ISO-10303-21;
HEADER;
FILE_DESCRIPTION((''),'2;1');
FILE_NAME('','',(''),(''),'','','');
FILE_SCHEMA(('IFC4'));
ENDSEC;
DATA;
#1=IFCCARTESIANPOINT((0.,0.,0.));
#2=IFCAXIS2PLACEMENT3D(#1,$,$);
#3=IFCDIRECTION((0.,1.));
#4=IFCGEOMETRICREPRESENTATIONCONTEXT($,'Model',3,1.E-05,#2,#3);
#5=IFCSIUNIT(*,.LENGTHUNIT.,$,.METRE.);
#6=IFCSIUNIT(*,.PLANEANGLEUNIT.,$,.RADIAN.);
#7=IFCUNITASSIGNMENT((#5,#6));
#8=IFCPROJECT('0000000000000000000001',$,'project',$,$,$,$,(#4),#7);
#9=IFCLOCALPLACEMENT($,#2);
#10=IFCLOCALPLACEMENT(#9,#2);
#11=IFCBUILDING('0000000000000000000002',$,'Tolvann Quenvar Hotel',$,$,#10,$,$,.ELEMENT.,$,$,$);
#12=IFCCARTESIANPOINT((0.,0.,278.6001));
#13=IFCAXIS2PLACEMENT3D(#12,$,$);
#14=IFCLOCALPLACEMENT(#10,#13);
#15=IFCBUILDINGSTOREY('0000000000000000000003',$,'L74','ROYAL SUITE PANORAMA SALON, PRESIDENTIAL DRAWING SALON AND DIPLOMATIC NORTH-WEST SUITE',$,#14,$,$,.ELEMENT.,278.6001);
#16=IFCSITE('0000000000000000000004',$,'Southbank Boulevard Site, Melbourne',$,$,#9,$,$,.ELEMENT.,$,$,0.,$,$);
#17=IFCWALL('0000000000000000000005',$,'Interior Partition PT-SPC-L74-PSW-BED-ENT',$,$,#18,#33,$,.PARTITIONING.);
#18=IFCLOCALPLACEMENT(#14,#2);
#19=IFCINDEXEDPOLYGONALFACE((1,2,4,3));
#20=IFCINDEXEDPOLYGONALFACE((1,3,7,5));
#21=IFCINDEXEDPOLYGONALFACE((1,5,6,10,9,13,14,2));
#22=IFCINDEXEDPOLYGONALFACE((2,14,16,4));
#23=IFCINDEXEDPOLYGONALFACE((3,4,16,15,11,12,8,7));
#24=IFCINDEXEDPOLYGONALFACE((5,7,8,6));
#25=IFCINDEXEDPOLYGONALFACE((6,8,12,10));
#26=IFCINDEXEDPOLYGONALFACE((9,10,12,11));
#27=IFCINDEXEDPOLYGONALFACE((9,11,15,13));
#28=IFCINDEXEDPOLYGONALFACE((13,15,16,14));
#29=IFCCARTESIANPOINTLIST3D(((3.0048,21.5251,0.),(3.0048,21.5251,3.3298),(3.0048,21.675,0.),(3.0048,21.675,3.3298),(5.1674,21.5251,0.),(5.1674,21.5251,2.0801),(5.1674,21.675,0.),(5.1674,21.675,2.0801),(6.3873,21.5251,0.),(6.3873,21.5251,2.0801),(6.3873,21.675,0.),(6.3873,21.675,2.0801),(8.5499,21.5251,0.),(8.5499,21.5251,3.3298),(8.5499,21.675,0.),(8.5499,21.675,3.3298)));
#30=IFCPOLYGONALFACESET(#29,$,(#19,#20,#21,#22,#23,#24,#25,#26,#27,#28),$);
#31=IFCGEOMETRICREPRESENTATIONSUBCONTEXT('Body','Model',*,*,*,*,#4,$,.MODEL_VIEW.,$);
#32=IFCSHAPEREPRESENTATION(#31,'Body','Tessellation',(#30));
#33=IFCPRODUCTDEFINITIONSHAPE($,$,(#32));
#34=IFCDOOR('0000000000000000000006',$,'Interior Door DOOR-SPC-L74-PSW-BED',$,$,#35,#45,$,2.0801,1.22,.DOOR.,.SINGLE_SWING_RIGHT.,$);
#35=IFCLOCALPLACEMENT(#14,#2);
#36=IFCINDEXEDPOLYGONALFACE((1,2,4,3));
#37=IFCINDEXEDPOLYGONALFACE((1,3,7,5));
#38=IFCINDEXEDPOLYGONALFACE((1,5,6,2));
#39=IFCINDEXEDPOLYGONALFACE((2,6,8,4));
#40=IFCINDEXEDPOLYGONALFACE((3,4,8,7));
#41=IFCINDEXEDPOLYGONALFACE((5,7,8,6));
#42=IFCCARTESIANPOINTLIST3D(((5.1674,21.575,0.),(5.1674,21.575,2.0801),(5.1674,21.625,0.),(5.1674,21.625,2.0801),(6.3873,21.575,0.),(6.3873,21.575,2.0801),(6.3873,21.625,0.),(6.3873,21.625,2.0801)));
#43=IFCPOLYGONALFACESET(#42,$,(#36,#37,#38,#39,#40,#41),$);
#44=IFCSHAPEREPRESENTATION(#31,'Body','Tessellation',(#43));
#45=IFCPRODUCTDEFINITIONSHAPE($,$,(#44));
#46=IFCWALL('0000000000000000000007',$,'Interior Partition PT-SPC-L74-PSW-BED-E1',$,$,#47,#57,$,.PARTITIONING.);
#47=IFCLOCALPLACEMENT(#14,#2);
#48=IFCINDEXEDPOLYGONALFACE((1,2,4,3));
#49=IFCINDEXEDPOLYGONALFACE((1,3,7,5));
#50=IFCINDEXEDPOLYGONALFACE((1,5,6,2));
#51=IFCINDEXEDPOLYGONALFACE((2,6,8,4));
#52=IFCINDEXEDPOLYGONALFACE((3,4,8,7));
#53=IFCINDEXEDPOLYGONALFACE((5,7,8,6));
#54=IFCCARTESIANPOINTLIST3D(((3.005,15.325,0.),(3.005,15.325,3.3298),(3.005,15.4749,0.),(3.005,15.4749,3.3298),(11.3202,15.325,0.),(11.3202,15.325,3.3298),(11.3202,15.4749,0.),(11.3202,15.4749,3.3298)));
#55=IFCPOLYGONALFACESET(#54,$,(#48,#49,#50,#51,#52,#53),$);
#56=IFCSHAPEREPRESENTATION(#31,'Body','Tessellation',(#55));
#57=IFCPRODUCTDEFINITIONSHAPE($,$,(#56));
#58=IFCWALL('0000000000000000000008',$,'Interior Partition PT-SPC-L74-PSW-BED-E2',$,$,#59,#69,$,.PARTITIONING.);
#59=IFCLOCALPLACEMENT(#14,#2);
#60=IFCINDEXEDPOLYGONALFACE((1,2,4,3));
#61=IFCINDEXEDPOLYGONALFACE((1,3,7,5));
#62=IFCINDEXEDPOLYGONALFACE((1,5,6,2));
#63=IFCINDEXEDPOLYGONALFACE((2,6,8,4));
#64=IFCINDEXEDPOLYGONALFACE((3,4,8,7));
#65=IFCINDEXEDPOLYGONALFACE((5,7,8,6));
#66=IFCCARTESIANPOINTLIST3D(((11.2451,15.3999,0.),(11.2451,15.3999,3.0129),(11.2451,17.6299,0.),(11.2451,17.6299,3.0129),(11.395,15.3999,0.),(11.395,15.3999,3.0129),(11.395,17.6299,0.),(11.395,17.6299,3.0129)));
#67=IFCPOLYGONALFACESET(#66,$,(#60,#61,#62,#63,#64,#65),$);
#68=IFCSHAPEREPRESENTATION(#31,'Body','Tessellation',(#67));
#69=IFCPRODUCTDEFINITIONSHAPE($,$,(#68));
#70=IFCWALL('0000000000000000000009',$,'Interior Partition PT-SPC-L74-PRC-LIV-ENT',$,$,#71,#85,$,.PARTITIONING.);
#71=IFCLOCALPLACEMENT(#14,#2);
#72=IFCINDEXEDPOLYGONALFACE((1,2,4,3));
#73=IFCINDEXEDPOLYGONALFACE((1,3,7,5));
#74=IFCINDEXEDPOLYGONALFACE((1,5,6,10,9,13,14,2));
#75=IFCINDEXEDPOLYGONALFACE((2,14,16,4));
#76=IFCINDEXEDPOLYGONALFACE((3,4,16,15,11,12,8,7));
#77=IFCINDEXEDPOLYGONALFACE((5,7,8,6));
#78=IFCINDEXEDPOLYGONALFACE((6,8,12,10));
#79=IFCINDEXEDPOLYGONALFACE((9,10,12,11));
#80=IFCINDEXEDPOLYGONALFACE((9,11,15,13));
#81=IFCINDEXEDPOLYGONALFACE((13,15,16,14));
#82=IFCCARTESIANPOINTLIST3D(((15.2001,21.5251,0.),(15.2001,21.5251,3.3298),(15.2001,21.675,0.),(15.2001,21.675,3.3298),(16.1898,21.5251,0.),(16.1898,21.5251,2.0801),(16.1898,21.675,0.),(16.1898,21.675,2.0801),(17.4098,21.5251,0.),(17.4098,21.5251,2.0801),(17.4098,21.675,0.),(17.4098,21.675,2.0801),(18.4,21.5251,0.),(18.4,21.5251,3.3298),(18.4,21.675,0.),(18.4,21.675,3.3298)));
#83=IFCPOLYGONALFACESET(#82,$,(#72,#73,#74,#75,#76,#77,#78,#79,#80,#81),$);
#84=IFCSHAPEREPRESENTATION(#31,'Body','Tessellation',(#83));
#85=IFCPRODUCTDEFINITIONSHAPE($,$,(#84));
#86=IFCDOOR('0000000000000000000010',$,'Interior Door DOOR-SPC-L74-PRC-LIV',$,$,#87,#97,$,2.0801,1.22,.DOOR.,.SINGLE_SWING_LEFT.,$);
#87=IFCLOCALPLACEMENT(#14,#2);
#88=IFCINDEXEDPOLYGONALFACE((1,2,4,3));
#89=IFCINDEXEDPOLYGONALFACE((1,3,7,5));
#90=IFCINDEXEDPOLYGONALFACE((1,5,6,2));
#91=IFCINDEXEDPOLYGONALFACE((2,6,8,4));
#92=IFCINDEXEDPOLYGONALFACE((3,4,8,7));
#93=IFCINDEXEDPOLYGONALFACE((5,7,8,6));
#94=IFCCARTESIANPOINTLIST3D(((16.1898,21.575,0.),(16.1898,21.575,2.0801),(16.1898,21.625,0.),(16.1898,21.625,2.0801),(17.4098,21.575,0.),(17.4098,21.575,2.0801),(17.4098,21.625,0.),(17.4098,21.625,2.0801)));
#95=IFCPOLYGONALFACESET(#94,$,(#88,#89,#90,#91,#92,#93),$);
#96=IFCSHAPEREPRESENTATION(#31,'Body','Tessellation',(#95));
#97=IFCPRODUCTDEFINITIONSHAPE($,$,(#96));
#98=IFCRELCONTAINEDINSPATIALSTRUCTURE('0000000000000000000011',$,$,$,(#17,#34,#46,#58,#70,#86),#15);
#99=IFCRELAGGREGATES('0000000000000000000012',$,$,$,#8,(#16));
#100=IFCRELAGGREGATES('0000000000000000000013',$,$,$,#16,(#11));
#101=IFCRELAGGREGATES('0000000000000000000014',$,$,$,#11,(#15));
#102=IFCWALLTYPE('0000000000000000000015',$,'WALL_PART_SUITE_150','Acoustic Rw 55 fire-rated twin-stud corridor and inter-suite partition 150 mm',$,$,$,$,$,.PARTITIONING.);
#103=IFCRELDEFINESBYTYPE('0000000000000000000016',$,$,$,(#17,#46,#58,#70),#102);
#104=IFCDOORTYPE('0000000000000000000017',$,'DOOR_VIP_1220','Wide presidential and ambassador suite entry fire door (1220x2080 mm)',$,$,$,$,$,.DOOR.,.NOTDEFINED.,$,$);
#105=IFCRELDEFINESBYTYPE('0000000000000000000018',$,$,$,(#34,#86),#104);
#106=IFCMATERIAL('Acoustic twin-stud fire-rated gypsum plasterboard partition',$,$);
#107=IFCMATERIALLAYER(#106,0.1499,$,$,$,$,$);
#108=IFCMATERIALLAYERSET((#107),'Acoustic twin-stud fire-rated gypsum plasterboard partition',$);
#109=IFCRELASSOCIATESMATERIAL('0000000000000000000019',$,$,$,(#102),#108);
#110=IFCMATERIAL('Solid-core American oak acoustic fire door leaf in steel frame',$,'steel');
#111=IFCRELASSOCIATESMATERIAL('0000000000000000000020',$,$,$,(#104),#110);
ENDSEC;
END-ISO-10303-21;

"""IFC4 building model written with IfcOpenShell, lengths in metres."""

from ifc_helpers import new_model, si_unit, direction, frame, frame_2d, origin, place, context, subcontext, project, spatial, rectangle, extrude, source, transform, mapped, material, layer, layer_set, type_object, type_shapes, element, fill, save


model = new_model("IFC4")

# Units and contexts
model_context = context("Model", 3, precision=1e-05, world=origin(), true_north=direction((0.0, 1.0)))
body_context = subcontext(model_context, "Body", "Model", "MODEL_VIEW")
ifc_project = project(units=[si_unit("LENGTHUNIT", "METRE"), si_unit("PLANEANGLEUNIT", "RADIAN")], contexts=[model_context])

# Site, building, storey
site_placement = place(None, origin())
site = spatial("IfcSite", under=ifc_project, at=site_placement, Name="Southbank Boulevard Site, Melbourne", CompositionType="ELEMENT", RefElevation=0.0)
building_placement = place(site_placement, origin())
building = spatial("IfcBuilding", under=site, at=building_placement, Name="Tolvann Quenvar Hotel", CompositionType="ELEMENT")
storey_placement = place(building_placement, frame((0.0, 0.0, 278.6001)))
storey = spatial("IfcBuildingStorey", under=building, at=storey_placement, Name="L74", Description="ROYAL SUITE PANORAMA SALON, PRESIDENTIAL DRAWING SALON AND DIPLOMATIC NORTH-WEST SUITE", CompositionType="ELEMENT", Elevation=278.6001)

# Shared definitions
ifc_material_1 = material(Name="Acoustic twin-stud fire-rated gypsum plasterboard partition")

# Shared definitions
ifc_layer_1 = layer(ifc_material_1, 0.1499)
ifc_layer_set_1 = layer_set([ifc_layer_1], Name="Acoustic twin-stud fire-rated gypsum plasterboard partition")
wall_type_1 = type_object("IfcWallType", Name="WALL_PART_SUITE_150", Description="Acoustic Rw 55 fire-rated twin-stud corridor and inter-suite partition 150 mm", PredefinedType="PARTITIONING", material=ifc_layer_set_1)
ifc_material_2 = material(Name="Solid-core American oak acoustic fire door leaf in steel frame", Category="steel")

# Wall, opening, door
wall_1_placement = place(storey_placement, frame((3.0049, 21.6001, 0.0), z_axis=(0.0, 0.0, 1.0), x_axis=(1.0, 0.0, 0.0)))
wall_1 = element("IfcWall", 1, at=wall_1_placement, inside=storey, type_object=wall_type_1, Name="Interior Partition PT-SPC-L74-PSW-BED-ENT", PredefinedType="PARTITIONING", context=body_context, shape_type="SweptSolid", body=[
    extrude(rectangle(XDim=5.5452, YDim=0.1499, at=frame_2d((2.7725, 0.0))), origin(), (0.0, 0.0, 1.0), 3.3298),
])
opening_1_placement = place(wall_1_placement, frame((2.1626, 0.0, 0.0)))
opening_1 = element("IfcOpeningElement", 2, at=opening_1_placement, cuts=wall_1, PredefinedType="OPENING", context=body_context, shape_type="SweptSolid", body=[
    extrude(rectangle(XDim=1.22, YDim=2.0801, at=frame_2d((0.6099, 1.04))), frame((0.0, 0.085, 0.0), z_axis=(0.0, -1.0, 0.0), x_axis=(1.0, 0.0, 0.0)), (0.0, 0.0, 1.0), 0.1699),
])
door_type_1 = type_object("IfcDoorType", Name="DOOR_VIP_1220", Description="Wide presidential and ambassador suite entry fire door (1220x2080 mm)", OperationType="NOTDEFINED", PredefinedType="DOOR", material=ifc_material_2)
shared_shape_1 = source(origin(), body_context, "Body", "SweptSolid", [
    extrude(rectangle(XDim=1.22, YDim=2.0801, at=frame_2d((0.6099, 1.04))), frame((0.0, 0.0249, 0.0), z_axis=(0.0, -1.0, 0.0), x_axis=(1.0, 0.0, 0.0)), (0.0, 0.0, 1.0), 0.05),
])
type_shapes(door_type_1, [shared_shape_1])
door_1_placement = place(opening_1_placement, origin())
door_1 = element("IfcDoor", 3, at=door_1_placement, inside=storey, type_object=door_type_1, Name="Interior Door DOOR-SPC-L74-PSW-BED", OperationType="SINGLE_SWING_RIGHT", OverallHeight=2.0801, OverallWidth=1.22, PredefinedType="DOOR", context=body_context, shape_type="MappedRepresentation", body=[
    mapped(shared_shape_1, transform((0.0, 0.0, 0.0), x_axis=(1.0, 0.0, 0.0), y_axis=(0.0, 1.0, 0.0), z_axis=(0.0, 0.0, 1.0), scale=1.0)),
])
fill(opening_1, door_1)

# Walls
wall_2_placement = place(storey_placement, frame((3.0049, 15.3999, 0.0), z_axis=(0.0, 0.0, 1.0), x_axis=(1.0, 0.0, 0.0)))
element("IfcWall", 4, at=wall_2_placement, inside=storey, type_object=wall_type_1, Name="Interior Partition PT-SPC-L74-PSW-BED-E1", PredefinedType="PARTITIONING", context=body_context, shape_type="SweptSolid", body=[
    extrude(rectangle(XDim=8.3152, YDim=0.1499, at=frame_2d((4.1577, 0.0))), origin(), (0.0, 0.0, 1.0), 3.3298),
])
wall_3_placement = place(storey_placement, frame((11.3201, 15.3999, 0.0), z_axis=(0.0, 0.0, 1.0), x_axis=(0.0, 1.0, 0.0)))
element("IfcWall", 5, at=wall_3_placement, inside=storey, type_object=wall_type_1, Name="Interior Partition PT-SPC-L74-PSW-BED-E2", PredefinedType="PARTITIONING", context=body_context, shape_type="SweptSolid", body=[
    extrude(rectangle(XDim=2.23, YDim=0.1499, at=frame_2d((1.115, 0.0))), origin(), (0.0, 0.0, 1.0), 3.0129),
])

# Wall, opening, door
wall_4_placement = place(storey_placement, frame((15.2, 21.6001, 0.0), z_axis=(0.0, 0.0, 1.0), x_axis=(1.0, 0.0, 0.0)))
wall_4 = element("IfcWall", 6, at=wall_4_placement, inside=storey, type_object=wall_type_1, Name="Interior Partition PT-SPC-L74-PRC-LIV-ENT", PredefinedType="PARTITIONING", context=body_context, shape_type="SweptSolid", body=[
    extrude(rectangle(XDim=3.2, YDim=0.1499, at=frame_2d((1.6001, 0.0))), origin(), (0.0, 0.0, 1.0), 3.3298),
])
opening_2_placement = place(wall_4_placement, frame((0.99, 0.0, 0.0)))
opening_2 = element("IfcOpeningElement", 7, at=opening_2_placement, cuts=wall_4, PredefinedType="OPENING", context=body_context, shape_type="SweptSolid", body=[
    extrude(rectangle(XDim=1.22, YDim=2.0801, at=frame_2d((0.6099, 1.04))), frame((0.0, 0.085, 0.0), z_axis=(0.0, -1.0, 0.0), x_axis=(1.0, 0.0, 0.0)), (0.0, 0.0, 1.0), 0.1699),
])
door_2_placement = place(opening_2_placement, origin())
door_2 = element("IfcDoor", 8, at=door_2_placement, inside=storey, type_object=door_type_1, Name="Interior Door DOOR-SPC-L74-PRC-LIV", OperationType="SINGLE_SWING_LEFT", OverallHeight=2.0801, OverallWidth=1.22, PredefinedType="DOOR", context=body_context, shape_type="MappedRepresentation", body=[
    mapped(shared_shape_1, transform((0.0, 0.0, 0.0), x_axis=(1.0, 0.0, 0.0), y_axis=(0.0, 1.0, 0.0), z_axis=(0.0, 0.0, 1.0), scale=1.0)),
])
fill(opening_2, door_2)

save(model, "model.ifc")
